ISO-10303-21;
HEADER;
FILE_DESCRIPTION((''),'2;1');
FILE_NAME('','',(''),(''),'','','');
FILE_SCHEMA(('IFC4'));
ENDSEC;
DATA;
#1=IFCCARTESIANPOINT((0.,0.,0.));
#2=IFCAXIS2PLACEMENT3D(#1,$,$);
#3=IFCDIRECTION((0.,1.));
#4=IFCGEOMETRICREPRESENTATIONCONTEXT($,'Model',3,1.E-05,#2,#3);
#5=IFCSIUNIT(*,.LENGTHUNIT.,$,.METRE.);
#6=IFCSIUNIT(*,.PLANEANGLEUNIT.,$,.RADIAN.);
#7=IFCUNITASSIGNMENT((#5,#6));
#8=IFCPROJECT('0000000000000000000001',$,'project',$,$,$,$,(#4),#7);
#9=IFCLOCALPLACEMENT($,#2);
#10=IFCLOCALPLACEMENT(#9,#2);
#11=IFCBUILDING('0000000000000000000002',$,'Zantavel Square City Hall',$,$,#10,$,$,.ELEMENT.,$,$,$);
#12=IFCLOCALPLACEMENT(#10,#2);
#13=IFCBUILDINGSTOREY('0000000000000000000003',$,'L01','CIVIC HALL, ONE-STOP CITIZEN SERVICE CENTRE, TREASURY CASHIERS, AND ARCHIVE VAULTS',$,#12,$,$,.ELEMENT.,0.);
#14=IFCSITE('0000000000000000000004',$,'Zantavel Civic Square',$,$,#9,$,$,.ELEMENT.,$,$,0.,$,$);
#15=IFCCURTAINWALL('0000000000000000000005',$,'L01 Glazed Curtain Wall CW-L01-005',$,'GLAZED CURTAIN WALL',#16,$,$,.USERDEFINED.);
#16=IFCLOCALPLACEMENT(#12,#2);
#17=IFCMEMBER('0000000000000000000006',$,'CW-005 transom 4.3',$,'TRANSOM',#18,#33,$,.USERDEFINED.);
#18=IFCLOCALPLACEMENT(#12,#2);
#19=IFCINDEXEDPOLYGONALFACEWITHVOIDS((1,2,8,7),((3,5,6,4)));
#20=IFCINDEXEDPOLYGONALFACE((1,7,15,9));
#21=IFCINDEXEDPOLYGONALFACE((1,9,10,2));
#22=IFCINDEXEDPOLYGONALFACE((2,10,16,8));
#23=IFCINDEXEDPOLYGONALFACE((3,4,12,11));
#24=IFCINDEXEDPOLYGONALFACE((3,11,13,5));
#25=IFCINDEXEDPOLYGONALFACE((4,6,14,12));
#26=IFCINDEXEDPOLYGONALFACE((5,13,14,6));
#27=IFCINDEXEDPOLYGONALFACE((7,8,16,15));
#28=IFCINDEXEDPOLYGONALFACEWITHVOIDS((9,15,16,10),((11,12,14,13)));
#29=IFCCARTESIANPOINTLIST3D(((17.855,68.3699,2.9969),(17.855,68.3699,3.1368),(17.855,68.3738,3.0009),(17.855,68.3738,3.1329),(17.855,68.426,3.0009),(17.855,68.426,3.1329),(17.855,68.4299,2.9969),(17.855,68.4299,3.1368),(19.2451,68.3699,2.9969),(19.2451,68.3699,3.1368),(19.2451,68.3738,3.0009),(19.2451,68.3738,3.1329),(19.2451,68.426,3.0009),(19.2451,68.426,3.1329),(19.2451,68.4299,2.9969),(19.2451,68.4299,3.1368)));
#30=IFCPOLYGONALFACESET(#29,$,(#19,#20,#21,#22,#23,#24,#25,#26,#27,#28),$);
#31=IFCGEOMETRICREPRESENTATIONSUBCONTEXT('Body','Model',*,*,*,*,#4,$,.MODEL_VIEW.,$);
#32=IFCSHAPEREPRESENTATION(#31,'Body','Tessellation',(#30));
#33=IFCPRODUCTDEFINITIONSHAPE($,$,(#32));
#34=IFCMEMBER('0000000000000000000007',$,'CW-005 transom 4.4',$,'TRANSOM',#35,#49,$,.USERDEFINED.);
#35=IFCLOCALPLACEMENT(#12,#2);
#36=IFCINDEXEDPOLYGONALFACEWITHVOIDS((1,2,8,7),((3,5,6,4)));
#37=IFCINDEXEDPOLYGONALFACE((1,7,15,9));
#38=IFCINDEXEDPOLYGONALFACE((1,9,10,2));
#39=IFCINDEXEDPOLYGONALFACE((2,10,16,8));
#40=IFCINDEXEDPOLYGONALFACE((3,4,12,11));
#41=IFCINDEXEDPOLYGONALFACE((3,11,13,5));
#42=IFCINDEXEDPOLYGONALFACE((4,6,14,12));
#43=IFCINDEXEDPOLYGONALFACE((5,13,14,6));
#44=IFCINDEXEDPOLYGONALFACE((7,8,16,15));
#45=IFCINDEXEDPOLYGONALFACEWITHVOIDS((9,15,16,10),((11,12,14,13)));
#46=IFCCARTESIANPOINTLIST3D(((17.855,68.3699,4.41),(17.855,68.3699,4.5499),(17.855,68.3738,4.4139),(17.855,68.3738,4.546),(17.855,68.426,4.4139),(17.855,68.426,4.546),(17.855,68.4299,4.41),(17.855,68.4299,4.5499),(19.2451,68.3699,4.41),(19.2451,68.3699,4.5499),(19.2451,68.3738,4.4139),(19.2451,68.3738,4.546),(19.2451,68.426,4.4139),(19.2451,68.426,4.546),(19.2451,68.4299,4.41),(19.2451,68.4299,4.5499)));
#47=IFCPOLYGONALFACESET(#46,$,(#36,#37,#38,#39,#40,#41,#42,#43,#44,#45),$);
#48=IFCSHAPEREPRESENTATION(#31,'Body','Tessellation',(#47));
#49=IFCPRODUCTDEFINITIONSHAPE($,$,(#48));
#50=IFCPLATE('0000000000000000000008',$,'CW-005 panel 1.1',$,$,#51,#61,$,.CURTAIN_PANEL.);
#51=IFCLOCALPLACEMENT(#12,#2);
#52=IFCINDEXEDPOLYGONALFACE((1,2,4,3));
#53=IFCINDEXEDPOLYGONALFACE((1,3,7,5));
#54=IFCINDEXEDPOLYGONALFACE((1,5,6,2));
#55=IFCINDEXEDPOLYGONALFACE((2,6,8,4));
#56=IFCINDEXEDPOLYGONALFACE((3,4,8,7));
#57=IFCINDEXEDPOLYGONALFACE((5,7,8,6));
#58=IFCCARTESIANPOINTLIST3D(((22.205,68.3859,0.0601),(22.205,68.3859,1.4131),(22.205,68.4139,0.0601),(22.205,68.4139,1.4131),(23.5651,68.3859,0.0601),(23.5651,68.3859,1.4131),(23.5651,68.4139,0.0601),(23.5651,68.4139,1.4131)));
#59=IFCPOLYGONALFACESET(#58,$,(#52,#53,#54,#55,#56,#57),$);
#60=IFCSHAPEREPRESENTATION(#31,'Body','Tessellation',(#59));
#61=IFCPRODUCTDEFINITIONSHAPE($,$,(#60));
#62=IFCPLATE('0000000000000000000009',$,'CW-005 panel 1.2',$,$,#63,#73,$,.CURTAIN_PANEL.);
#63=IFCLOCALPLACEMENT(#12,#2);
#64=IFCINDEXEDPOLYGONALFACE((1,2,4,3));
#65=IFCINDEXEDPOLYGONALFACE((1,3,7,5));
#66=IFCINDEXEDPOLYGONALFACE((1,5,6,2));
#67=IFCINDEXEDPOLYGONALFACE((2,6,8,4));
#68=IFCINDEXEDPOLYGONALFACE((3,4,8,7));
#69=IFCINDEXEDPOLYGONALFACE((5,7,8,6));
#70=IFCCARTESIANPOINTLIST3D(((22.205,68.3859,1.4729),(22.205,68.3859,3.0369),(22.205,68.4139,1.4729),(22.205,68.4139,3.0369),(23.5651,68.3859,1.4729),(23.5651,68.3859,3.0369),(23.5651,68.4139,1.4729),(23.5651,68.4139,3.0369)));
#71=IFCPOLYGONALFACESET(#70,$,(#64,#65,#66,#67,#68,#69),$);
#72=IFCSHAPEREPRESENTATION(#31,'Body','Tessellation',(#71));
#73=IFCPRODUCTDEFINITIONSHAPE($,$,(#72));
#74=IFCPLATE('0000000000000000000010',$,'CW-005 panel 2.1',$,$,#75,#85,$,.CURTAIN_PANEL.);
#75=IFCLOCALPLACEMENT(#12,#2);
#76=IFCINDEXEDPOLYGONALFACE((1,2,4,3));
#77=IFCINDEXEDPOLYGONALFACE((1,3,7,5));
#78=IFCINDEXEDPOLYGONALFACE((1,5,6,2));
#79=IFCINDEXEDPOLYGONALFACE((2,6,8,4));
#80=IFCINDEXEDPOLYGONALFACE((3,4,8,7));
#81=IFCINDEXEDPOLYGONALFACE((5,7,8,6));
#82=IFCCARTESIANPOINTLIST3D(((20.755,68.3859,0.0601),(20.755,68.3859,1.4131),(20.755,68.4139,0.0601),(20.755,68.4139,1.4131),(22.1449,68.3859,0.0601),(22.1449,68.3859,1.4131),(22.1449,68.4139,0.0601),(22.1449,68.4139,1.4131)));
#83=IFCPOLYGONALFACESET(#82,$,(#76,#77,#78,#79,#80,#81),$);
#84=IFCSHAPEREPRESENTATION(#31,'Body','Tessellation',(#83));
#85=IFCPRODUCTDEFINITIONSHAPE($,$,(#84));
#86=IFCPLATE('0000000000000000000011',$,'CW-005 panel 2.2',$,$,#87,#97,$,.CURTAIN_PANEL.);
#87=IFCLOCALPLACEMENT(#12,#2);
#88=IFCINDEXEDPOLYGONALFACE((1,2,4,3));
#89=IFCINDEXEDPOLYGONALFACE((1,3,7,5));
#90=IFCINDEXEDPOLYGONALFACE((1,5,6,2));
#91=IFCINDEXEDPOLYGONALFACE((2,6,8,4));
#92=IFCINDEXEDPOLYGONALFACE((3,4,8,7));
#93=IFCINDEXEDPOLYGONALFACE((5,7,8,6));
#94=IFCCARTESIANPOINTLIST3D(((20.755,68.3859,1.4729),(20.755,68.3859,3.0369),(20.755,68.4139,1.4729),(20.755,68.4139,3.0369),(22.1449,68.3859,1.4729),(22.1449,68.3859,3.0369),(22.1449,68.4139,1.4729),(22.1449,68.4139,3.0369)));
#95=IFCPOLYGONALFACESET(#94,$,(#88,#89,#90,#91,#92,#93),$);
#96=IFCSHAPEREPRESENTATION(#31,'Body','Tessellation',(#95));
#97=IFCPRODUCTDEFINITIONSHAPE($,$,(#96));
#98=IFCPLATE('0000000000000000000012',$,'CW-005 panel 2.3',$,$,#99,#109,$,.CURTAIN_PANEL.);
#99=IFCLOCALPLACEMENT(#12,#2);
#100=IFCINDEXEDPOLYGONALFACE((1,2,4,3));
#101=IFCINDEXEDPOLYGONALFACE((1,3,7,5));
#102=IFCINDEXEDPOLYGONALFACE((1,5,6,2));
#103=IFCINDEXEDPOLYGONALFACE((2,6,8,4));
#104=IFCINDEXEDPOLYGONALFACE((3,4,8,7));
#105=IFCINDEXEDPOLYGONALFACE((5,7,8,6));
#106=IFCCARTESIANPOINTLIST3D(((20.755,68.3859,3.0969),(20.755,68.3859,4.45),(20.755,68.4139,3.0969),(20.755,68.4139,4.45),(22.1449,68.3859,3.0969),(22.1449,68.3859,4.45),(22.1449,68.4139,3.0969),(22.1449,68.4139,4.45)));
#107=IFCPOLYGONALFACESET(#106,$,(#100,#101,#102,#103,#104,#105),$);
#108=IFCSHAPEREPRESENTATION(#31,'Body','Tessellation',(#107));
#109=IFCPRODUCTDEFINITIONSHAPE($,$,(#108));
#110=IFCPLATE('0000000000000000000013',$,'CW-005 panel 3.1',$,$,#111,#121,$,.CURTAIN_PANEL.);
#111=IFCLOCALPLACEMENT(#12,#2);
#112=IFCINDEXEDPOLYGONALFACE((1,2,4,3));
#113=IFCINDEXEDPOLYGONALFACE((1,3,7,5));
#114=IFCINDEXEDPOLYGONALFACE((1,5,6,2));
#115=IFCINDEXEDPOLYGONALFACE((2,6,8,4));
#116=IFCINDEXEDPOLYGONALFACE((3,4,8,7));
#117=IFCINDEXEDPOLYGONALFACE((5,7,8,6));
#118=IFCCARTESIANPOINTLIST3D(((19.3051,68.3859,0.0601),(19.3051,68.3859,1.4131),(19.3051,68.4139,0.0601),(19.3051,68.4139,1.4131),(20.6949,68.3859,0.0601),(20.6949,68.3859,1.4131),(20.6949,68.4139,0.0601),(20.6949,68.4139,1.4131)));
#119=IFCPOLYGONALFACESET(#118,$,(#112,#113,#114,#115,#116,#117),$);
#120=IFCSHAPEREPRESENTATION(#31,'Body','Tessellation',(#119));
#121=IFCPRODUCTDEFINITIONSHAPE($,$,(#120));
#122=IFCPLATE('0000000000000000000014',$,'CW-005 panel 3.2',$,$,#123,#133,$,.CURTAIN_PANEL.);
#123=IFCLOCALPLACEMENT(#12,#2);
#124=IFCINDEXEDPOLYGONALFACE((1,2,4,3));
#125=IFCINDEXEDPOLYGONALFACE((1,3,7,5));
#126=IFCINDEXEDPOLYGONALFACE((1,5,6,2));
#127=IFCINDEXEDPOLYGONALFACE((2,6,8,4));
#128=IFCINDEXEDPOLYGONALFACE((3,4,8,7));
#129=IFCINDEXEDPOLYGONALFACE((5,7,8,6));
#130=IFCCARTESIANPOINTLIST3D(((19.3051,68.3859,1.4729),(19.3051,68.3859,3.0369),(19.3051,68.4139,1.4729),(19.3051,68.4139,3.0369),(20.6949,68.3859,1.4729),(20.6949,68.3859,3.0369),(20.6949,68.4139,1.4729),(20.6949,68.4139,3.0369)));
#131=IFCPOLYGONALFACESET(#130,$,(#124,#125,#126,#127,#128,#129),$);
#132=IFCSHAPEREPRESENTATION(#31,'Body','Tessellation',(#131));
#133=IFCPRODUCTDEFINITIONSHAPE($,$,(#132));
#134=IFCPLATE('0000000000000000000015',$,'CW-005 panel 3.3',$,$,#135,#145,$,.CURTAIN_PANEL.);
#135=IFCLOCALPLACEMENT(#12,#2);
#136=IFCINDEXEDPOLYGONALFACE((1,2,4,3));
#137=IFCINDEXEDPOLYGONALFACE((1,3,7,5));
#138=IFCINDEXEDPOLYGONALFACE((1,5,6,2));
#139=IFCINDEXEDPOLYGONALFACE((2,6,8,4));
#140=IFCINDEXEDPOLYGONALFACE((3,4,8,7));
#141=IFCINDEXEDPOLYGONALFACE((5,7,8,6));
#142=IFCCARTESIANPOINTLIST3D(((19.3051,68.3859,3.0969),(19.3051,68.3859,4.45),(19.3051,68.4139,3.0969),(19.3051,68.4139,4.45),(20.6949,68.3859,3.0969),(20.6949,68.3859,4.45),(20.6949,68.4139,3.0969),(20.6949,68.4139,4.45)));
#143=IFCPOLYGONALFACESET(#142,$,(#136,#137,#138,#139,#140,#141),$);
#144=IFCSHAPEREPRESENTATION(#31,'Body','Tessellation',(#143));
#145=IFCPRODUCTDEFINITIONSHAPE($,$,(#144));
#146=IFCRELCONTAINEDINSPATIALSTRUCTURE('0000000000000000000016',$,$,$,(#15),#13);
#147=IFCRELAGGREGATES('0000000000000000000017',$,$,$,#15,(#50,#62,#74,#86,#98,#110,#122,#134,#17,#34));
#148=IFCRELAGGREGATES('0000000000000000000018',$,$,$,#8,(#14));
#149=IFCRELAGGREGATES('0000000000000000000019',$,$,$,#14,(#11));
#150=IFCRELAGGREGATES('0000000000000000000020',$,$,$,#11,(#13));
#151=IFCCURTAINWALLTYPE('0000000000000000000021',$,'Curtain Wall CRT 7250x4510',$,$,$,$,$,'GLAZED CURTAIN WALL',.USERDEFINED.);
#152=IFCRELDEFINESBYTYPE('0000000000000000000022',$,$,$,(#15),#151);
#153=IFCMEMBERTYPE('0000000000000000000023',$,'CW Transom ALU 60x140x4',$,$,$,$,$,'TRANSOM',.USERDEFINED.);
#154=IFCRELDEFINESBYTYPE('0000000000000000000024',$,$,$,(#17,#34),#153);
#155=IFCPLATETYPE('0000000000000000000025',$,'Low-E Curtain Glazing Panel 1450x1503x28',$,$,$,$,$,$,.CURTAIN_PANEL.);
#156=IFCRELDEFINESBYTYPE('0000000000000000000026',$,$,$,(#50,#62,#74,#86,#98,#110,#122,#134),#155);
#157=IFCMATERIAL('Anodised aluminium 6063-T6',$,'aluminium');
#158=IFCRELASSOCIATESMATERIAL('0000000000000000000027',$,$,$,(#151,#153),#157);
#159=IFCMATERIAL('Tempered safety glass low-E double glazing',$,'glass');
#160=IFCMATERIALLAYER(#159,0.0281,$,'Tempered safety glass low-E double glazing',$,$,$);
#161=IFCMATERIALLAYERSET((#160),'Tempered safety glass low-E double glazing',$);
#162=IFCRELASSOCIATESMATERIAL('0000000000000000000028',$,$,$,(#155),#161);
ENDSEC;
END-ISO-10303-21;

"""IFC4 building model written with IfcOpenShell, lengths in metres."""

from ifc_helpers import new_model, si_unit, direction, frame, origin, origin_2d, place, context, subcontext, project, spatial, rectangle, hollow_rectangle, extrude, material, layer, layer_set, material_profile, profile_set, type_object, element, aggregate, save


model = new_model("IFC4")

# Units and contexts
model_context = context("Model", 3, precision=1e-05, world=origin(), true_north=direction((0.0, 1.0)))
body_context = subcontext(model_context, "Body", "Model", "MODEL_VIEW")
ifc_project = project(units=[si_unit("LENGTHUNIT", "METRE"), si_unit("PLANEANGLEUNIT", "RADIAN")], contexts=[model_context])

# Site, building, storey
site_placement = place(None, origin())
site = spatial("IfcSite", under=ifc_project, at=site_placement, Name="Zantavel Civic Square", CompositionType="ELEMENT", RefElevation=0.0)
building_placement = place(site_placement, origin())
building = spatial("IfcBuilding", under=site, at=building_placement, Name="Zantavel Square City Hall", CompositionType="ELEMENT")
storey_placement = place(building_placement, origin())
storey = spatial("IfcBuildingStorey", under=building, at=storey_placement, Name="L01", Description="CIVIC HALL, ONE-STOP CITIZEN SERVICE CENTRE, TREASURY CASHIERS, AND ARCHIVE VAULTS", CompositionType="ELEMENT", Elevation=0.0)

# Curtain wall, members, plates
ifc_material_1 = material(Name="Anodised aluminium 6063-T6", Category="aluminium")
curtain_wall_type = type_object("IfcCurtainWallType", Name="Curtain Wall CRT 7250x4510", ElementType="GLAZED CURTAIN WALL", PredefinedType="USERDEFINED", material=ifc_material_1)
curtain_wall_placement = place(storey_placement, origin())
curtain_wall = element("IfcCurtainWall", 1, at=curtain_wall_placement, inside=storey, type_object=curtain_wall_type, Name="L01 Glazed Curtain Wall CW-L01-005", ObjectType="GLAZED CURTAIN WALL", PredefinedType="USERDEFINED")
ifc_material_profile_1 = material_profile(ifc_material_1, hollow_rectangle(XDim=0.0601, YDim=0.1399, WallThickness=0.0039, at=origin_2d()), Name="ALU 60x140x4")
ifc_profile_set_1 = profile_set([ifc_material_profile_1], Name="Anodised aluminium 6063-T6")
member_type_1 = type_object("IfcMemberType", Name="CW Transom ALU 60x140x4", ElementType="TRANSOM", PredefinedType="USERDEFINED", material=ifc_profile_set_1)
member_1_placement = place(storey_placement, frame((19.2451, 68.3999, 3.0669), z_axis=(-1.0, 0.0, 0.0), x_axis=(0.0, -1.0, 0.0)))
member_1 = element("IfcMember", 2, at=member_1_placement, type_object=member_type_1, Name="CW-005 transom 4.3", ObjectType="TRANSOM", PredefinedType="USERDEFINED", context=body_context, shape_type="SweptSolid", body=[
    extrude(hollow_rectangle(XDim=0.0601, YDim=0.1399, WallThickness=0.0039, at=origin_2d()), origin(), (0.0, 0.0, 1.0), 1.3901),
])
member_2_placement = place(storey_placement, frame((19.2451, 68.3999, 4.48), z_axis=(-1.0, 0.0, 0.0), x_axis=(0.0, -1.0, 0.0)))
member_2 = element("IfcMember", 3, at=member_2_placement, type_object=member_type_1, Name="CW-005 transom 4.4", ObjectType="TRANSOM", PredefinedType="USERDEFINED", context=body_context, shape_type="SweptSolid", body=[
    extrude(hollow_rectangle(XDim=0.0601, YDim=0.1399, WallThickness=0.0039, at=origin_2d()), origin(), (0.0, 0.0, 1.0), 1.3901),
])
ifc_material_2 = material(Name="Tempered safety glass low-E double glazing", Category="glass")
ifc_layer = layer(ifc_material_2, 0.0281, Name="Tempered safety glass low-E double glazing")
ifc_layer_set = layer_set([ifc_layer], Name="Tempered safety glass low-E double glazing")
plate_type = type_object("IfcPlateType", Name="Low-E Curtain Glazing Panel 1450x1503x28", PredefinedType="CURTAIN_PANEL", material=ifc_layer_set)
plate_1_placement = place(storey_placement, frame((22.885, 68.3999, 0.0601), z_axis=(0.0, 0.0, 1.0), x_axis=(-1.0, 0.0, 0.0)))
plate_1 = element("IfcPlate", 4, at=plate_1_placement, type_object=plate_type, Name="CW-005 panel 1.1", PredefinedType="CURTAIN_PANEL", context=body_context, shape_type="SweptSolid", body=[
    extrude(rectangle(XDim=1.3601, YDim=0.0281, at=origin_2d()), origin(), (0.0, 0.0, 1.0), 1.353),
])
plate_2_placement = place(storey_placement, frame((22.885, 68.3999, 1.4729), z_axis=(0.0, 0.0, 1.0), x_axis=(-1.0, 0.0, 0.0)))
plate_2 = element("IfcPlate", 5, at=plate_2_placement, type_object=plate_type, Name="CW-005 panel 1.2", PredefinedType="CURTAIN_PANEL", context=body_context, shape_type="SweptSolid", body=[
    extrude(rectangle(XDim=1.3601, YDim=0.0281, at=origin_2d()), origin(), (0.0, 0.0, 1.0), 1.564),
])
plate_3_placement = place(storey_placement, frame((21.45, 68.3999, 0.0601), z_axis=(0.0, 0.0, 1.0), x_axis=(-1.0, 0.0, 0.0)))
plate_3 = element("IfcPlate", 6, at=plate_3_placement, type_object=plate_type, Name="CW-005 panel 2.1", PredefinedType="CURTAIN_PANEL", context=body_context, shape_type="SweptSolid", body=[
    extrude(rectangle(XDim=1.3899, YDim=0.0281, at=origin_2d()), origin(), (0.0, 0.0, 1.0), 1.353),
])
plate_4_placement = place(storey_placement, frame((21.45, 68.3999, 1.4729), z_axis=(0.0, 0.0, 1.0), x_axis=(-1.0, 0.0, 0.0)))
plate_4 = element("IfcPlate", 7, at=plate_4_placement, type_object=plate_type, Name="CW-005 panel 2.2", PredefinedType="CURTAIN_PANEL", context=body_context, shape_type="SweptSolid", body=[
    extrude(rectangle(XDim=1.3899, YDim=0.0281, at=origin_2d()), origin(), (0.0, 0.0, 1.0), 1.564),
])
plate_5_placement = place(storey_placement, frame((21.45, 68.3999, 3.0969), z_axis=(0.0, 0.0, 1.0), x_axis=(-1.0, 0.0, 0.0)))
plate_5 = element("IfcPlate", 8, at=plate_5_placement, type_object=plate_type, Name="CW-005 panel 2.3", PredefinedType="CURTAIN_PANEL", context=body_context, shape_type="SweptSolid", body=[
    extrude(rectangle(XDim=1.3899, YDim=0.0281, at=origin_2d()), origin(), (0.0, 0.0, 1.0), 1.353),
])
plate_6_placement = place(storey_placement, frame((20.0, 68.3999, 0.0601), z_axis=(0.0, 0.0, 1.0), x_axis=(-1.0, 0.0, 0.0)))
plate_6 = element("IfcPlate", 9, at=plate_6_placement, type_object=plate_type, Name="CW-005 panel 3.1", PredefinedType="CURTAIN_PANEL", context=body_context, shape_type="SweptSolid", body=[
    extrude(rectangle(XDim=1.3899, YDim=0.0281, at=origin_2d()), origin(), (0.0, 0.0, 1.0), 1.353),
])
plate_7_placement = place(storey_placement, frame((20.0, 68.3999, 1.4729), z_axis=(0.0, 0.0, 1.0), x_axis=(-1.0, 0.0, 0.0)))
plate_7 = element("IfcPlate", 10, at=plate_7_placement, type_object=plate_type, Name="CW-005 panel 3.2", PredefinedType="CURTAIN_PANEL", context=body_context, shape_type="SweptSolid", body=[
    extrude(rectangle(XDim=1.3899, YDim=0.0281, at=origin_2d()), origin(), (0.0, 0.0, 1.0), 1.564),
])
plate_8_placement = place(storey_placement, frame((20.0, 68.3999, 3.0969), z_axis=(0.0, 0.0, 1.0), x_axis=(-1.0, 0.0, 0.0)))
plate_8 = element("IfcPlate", 11, at=plate_8_placement, type_object=plate_type, Name="CW-005 panel 3.3", PredefinedType="CURTAIN_PANEL", context=body_context, shape_type="SweptSolid", body=[
    extrude(rectangle(XDim=1.3899, YDim=0.0281, at=origin_2d()), origin(), (0.0, 0.0, 1.0), 1.353),
])
aggregate(curtain_wall, [plate_1, plate_2, plate_3, plate_4, plate_5, plate_6, plate_7, plate_8, member_1, member_2])

save(model, "model.ifc")
